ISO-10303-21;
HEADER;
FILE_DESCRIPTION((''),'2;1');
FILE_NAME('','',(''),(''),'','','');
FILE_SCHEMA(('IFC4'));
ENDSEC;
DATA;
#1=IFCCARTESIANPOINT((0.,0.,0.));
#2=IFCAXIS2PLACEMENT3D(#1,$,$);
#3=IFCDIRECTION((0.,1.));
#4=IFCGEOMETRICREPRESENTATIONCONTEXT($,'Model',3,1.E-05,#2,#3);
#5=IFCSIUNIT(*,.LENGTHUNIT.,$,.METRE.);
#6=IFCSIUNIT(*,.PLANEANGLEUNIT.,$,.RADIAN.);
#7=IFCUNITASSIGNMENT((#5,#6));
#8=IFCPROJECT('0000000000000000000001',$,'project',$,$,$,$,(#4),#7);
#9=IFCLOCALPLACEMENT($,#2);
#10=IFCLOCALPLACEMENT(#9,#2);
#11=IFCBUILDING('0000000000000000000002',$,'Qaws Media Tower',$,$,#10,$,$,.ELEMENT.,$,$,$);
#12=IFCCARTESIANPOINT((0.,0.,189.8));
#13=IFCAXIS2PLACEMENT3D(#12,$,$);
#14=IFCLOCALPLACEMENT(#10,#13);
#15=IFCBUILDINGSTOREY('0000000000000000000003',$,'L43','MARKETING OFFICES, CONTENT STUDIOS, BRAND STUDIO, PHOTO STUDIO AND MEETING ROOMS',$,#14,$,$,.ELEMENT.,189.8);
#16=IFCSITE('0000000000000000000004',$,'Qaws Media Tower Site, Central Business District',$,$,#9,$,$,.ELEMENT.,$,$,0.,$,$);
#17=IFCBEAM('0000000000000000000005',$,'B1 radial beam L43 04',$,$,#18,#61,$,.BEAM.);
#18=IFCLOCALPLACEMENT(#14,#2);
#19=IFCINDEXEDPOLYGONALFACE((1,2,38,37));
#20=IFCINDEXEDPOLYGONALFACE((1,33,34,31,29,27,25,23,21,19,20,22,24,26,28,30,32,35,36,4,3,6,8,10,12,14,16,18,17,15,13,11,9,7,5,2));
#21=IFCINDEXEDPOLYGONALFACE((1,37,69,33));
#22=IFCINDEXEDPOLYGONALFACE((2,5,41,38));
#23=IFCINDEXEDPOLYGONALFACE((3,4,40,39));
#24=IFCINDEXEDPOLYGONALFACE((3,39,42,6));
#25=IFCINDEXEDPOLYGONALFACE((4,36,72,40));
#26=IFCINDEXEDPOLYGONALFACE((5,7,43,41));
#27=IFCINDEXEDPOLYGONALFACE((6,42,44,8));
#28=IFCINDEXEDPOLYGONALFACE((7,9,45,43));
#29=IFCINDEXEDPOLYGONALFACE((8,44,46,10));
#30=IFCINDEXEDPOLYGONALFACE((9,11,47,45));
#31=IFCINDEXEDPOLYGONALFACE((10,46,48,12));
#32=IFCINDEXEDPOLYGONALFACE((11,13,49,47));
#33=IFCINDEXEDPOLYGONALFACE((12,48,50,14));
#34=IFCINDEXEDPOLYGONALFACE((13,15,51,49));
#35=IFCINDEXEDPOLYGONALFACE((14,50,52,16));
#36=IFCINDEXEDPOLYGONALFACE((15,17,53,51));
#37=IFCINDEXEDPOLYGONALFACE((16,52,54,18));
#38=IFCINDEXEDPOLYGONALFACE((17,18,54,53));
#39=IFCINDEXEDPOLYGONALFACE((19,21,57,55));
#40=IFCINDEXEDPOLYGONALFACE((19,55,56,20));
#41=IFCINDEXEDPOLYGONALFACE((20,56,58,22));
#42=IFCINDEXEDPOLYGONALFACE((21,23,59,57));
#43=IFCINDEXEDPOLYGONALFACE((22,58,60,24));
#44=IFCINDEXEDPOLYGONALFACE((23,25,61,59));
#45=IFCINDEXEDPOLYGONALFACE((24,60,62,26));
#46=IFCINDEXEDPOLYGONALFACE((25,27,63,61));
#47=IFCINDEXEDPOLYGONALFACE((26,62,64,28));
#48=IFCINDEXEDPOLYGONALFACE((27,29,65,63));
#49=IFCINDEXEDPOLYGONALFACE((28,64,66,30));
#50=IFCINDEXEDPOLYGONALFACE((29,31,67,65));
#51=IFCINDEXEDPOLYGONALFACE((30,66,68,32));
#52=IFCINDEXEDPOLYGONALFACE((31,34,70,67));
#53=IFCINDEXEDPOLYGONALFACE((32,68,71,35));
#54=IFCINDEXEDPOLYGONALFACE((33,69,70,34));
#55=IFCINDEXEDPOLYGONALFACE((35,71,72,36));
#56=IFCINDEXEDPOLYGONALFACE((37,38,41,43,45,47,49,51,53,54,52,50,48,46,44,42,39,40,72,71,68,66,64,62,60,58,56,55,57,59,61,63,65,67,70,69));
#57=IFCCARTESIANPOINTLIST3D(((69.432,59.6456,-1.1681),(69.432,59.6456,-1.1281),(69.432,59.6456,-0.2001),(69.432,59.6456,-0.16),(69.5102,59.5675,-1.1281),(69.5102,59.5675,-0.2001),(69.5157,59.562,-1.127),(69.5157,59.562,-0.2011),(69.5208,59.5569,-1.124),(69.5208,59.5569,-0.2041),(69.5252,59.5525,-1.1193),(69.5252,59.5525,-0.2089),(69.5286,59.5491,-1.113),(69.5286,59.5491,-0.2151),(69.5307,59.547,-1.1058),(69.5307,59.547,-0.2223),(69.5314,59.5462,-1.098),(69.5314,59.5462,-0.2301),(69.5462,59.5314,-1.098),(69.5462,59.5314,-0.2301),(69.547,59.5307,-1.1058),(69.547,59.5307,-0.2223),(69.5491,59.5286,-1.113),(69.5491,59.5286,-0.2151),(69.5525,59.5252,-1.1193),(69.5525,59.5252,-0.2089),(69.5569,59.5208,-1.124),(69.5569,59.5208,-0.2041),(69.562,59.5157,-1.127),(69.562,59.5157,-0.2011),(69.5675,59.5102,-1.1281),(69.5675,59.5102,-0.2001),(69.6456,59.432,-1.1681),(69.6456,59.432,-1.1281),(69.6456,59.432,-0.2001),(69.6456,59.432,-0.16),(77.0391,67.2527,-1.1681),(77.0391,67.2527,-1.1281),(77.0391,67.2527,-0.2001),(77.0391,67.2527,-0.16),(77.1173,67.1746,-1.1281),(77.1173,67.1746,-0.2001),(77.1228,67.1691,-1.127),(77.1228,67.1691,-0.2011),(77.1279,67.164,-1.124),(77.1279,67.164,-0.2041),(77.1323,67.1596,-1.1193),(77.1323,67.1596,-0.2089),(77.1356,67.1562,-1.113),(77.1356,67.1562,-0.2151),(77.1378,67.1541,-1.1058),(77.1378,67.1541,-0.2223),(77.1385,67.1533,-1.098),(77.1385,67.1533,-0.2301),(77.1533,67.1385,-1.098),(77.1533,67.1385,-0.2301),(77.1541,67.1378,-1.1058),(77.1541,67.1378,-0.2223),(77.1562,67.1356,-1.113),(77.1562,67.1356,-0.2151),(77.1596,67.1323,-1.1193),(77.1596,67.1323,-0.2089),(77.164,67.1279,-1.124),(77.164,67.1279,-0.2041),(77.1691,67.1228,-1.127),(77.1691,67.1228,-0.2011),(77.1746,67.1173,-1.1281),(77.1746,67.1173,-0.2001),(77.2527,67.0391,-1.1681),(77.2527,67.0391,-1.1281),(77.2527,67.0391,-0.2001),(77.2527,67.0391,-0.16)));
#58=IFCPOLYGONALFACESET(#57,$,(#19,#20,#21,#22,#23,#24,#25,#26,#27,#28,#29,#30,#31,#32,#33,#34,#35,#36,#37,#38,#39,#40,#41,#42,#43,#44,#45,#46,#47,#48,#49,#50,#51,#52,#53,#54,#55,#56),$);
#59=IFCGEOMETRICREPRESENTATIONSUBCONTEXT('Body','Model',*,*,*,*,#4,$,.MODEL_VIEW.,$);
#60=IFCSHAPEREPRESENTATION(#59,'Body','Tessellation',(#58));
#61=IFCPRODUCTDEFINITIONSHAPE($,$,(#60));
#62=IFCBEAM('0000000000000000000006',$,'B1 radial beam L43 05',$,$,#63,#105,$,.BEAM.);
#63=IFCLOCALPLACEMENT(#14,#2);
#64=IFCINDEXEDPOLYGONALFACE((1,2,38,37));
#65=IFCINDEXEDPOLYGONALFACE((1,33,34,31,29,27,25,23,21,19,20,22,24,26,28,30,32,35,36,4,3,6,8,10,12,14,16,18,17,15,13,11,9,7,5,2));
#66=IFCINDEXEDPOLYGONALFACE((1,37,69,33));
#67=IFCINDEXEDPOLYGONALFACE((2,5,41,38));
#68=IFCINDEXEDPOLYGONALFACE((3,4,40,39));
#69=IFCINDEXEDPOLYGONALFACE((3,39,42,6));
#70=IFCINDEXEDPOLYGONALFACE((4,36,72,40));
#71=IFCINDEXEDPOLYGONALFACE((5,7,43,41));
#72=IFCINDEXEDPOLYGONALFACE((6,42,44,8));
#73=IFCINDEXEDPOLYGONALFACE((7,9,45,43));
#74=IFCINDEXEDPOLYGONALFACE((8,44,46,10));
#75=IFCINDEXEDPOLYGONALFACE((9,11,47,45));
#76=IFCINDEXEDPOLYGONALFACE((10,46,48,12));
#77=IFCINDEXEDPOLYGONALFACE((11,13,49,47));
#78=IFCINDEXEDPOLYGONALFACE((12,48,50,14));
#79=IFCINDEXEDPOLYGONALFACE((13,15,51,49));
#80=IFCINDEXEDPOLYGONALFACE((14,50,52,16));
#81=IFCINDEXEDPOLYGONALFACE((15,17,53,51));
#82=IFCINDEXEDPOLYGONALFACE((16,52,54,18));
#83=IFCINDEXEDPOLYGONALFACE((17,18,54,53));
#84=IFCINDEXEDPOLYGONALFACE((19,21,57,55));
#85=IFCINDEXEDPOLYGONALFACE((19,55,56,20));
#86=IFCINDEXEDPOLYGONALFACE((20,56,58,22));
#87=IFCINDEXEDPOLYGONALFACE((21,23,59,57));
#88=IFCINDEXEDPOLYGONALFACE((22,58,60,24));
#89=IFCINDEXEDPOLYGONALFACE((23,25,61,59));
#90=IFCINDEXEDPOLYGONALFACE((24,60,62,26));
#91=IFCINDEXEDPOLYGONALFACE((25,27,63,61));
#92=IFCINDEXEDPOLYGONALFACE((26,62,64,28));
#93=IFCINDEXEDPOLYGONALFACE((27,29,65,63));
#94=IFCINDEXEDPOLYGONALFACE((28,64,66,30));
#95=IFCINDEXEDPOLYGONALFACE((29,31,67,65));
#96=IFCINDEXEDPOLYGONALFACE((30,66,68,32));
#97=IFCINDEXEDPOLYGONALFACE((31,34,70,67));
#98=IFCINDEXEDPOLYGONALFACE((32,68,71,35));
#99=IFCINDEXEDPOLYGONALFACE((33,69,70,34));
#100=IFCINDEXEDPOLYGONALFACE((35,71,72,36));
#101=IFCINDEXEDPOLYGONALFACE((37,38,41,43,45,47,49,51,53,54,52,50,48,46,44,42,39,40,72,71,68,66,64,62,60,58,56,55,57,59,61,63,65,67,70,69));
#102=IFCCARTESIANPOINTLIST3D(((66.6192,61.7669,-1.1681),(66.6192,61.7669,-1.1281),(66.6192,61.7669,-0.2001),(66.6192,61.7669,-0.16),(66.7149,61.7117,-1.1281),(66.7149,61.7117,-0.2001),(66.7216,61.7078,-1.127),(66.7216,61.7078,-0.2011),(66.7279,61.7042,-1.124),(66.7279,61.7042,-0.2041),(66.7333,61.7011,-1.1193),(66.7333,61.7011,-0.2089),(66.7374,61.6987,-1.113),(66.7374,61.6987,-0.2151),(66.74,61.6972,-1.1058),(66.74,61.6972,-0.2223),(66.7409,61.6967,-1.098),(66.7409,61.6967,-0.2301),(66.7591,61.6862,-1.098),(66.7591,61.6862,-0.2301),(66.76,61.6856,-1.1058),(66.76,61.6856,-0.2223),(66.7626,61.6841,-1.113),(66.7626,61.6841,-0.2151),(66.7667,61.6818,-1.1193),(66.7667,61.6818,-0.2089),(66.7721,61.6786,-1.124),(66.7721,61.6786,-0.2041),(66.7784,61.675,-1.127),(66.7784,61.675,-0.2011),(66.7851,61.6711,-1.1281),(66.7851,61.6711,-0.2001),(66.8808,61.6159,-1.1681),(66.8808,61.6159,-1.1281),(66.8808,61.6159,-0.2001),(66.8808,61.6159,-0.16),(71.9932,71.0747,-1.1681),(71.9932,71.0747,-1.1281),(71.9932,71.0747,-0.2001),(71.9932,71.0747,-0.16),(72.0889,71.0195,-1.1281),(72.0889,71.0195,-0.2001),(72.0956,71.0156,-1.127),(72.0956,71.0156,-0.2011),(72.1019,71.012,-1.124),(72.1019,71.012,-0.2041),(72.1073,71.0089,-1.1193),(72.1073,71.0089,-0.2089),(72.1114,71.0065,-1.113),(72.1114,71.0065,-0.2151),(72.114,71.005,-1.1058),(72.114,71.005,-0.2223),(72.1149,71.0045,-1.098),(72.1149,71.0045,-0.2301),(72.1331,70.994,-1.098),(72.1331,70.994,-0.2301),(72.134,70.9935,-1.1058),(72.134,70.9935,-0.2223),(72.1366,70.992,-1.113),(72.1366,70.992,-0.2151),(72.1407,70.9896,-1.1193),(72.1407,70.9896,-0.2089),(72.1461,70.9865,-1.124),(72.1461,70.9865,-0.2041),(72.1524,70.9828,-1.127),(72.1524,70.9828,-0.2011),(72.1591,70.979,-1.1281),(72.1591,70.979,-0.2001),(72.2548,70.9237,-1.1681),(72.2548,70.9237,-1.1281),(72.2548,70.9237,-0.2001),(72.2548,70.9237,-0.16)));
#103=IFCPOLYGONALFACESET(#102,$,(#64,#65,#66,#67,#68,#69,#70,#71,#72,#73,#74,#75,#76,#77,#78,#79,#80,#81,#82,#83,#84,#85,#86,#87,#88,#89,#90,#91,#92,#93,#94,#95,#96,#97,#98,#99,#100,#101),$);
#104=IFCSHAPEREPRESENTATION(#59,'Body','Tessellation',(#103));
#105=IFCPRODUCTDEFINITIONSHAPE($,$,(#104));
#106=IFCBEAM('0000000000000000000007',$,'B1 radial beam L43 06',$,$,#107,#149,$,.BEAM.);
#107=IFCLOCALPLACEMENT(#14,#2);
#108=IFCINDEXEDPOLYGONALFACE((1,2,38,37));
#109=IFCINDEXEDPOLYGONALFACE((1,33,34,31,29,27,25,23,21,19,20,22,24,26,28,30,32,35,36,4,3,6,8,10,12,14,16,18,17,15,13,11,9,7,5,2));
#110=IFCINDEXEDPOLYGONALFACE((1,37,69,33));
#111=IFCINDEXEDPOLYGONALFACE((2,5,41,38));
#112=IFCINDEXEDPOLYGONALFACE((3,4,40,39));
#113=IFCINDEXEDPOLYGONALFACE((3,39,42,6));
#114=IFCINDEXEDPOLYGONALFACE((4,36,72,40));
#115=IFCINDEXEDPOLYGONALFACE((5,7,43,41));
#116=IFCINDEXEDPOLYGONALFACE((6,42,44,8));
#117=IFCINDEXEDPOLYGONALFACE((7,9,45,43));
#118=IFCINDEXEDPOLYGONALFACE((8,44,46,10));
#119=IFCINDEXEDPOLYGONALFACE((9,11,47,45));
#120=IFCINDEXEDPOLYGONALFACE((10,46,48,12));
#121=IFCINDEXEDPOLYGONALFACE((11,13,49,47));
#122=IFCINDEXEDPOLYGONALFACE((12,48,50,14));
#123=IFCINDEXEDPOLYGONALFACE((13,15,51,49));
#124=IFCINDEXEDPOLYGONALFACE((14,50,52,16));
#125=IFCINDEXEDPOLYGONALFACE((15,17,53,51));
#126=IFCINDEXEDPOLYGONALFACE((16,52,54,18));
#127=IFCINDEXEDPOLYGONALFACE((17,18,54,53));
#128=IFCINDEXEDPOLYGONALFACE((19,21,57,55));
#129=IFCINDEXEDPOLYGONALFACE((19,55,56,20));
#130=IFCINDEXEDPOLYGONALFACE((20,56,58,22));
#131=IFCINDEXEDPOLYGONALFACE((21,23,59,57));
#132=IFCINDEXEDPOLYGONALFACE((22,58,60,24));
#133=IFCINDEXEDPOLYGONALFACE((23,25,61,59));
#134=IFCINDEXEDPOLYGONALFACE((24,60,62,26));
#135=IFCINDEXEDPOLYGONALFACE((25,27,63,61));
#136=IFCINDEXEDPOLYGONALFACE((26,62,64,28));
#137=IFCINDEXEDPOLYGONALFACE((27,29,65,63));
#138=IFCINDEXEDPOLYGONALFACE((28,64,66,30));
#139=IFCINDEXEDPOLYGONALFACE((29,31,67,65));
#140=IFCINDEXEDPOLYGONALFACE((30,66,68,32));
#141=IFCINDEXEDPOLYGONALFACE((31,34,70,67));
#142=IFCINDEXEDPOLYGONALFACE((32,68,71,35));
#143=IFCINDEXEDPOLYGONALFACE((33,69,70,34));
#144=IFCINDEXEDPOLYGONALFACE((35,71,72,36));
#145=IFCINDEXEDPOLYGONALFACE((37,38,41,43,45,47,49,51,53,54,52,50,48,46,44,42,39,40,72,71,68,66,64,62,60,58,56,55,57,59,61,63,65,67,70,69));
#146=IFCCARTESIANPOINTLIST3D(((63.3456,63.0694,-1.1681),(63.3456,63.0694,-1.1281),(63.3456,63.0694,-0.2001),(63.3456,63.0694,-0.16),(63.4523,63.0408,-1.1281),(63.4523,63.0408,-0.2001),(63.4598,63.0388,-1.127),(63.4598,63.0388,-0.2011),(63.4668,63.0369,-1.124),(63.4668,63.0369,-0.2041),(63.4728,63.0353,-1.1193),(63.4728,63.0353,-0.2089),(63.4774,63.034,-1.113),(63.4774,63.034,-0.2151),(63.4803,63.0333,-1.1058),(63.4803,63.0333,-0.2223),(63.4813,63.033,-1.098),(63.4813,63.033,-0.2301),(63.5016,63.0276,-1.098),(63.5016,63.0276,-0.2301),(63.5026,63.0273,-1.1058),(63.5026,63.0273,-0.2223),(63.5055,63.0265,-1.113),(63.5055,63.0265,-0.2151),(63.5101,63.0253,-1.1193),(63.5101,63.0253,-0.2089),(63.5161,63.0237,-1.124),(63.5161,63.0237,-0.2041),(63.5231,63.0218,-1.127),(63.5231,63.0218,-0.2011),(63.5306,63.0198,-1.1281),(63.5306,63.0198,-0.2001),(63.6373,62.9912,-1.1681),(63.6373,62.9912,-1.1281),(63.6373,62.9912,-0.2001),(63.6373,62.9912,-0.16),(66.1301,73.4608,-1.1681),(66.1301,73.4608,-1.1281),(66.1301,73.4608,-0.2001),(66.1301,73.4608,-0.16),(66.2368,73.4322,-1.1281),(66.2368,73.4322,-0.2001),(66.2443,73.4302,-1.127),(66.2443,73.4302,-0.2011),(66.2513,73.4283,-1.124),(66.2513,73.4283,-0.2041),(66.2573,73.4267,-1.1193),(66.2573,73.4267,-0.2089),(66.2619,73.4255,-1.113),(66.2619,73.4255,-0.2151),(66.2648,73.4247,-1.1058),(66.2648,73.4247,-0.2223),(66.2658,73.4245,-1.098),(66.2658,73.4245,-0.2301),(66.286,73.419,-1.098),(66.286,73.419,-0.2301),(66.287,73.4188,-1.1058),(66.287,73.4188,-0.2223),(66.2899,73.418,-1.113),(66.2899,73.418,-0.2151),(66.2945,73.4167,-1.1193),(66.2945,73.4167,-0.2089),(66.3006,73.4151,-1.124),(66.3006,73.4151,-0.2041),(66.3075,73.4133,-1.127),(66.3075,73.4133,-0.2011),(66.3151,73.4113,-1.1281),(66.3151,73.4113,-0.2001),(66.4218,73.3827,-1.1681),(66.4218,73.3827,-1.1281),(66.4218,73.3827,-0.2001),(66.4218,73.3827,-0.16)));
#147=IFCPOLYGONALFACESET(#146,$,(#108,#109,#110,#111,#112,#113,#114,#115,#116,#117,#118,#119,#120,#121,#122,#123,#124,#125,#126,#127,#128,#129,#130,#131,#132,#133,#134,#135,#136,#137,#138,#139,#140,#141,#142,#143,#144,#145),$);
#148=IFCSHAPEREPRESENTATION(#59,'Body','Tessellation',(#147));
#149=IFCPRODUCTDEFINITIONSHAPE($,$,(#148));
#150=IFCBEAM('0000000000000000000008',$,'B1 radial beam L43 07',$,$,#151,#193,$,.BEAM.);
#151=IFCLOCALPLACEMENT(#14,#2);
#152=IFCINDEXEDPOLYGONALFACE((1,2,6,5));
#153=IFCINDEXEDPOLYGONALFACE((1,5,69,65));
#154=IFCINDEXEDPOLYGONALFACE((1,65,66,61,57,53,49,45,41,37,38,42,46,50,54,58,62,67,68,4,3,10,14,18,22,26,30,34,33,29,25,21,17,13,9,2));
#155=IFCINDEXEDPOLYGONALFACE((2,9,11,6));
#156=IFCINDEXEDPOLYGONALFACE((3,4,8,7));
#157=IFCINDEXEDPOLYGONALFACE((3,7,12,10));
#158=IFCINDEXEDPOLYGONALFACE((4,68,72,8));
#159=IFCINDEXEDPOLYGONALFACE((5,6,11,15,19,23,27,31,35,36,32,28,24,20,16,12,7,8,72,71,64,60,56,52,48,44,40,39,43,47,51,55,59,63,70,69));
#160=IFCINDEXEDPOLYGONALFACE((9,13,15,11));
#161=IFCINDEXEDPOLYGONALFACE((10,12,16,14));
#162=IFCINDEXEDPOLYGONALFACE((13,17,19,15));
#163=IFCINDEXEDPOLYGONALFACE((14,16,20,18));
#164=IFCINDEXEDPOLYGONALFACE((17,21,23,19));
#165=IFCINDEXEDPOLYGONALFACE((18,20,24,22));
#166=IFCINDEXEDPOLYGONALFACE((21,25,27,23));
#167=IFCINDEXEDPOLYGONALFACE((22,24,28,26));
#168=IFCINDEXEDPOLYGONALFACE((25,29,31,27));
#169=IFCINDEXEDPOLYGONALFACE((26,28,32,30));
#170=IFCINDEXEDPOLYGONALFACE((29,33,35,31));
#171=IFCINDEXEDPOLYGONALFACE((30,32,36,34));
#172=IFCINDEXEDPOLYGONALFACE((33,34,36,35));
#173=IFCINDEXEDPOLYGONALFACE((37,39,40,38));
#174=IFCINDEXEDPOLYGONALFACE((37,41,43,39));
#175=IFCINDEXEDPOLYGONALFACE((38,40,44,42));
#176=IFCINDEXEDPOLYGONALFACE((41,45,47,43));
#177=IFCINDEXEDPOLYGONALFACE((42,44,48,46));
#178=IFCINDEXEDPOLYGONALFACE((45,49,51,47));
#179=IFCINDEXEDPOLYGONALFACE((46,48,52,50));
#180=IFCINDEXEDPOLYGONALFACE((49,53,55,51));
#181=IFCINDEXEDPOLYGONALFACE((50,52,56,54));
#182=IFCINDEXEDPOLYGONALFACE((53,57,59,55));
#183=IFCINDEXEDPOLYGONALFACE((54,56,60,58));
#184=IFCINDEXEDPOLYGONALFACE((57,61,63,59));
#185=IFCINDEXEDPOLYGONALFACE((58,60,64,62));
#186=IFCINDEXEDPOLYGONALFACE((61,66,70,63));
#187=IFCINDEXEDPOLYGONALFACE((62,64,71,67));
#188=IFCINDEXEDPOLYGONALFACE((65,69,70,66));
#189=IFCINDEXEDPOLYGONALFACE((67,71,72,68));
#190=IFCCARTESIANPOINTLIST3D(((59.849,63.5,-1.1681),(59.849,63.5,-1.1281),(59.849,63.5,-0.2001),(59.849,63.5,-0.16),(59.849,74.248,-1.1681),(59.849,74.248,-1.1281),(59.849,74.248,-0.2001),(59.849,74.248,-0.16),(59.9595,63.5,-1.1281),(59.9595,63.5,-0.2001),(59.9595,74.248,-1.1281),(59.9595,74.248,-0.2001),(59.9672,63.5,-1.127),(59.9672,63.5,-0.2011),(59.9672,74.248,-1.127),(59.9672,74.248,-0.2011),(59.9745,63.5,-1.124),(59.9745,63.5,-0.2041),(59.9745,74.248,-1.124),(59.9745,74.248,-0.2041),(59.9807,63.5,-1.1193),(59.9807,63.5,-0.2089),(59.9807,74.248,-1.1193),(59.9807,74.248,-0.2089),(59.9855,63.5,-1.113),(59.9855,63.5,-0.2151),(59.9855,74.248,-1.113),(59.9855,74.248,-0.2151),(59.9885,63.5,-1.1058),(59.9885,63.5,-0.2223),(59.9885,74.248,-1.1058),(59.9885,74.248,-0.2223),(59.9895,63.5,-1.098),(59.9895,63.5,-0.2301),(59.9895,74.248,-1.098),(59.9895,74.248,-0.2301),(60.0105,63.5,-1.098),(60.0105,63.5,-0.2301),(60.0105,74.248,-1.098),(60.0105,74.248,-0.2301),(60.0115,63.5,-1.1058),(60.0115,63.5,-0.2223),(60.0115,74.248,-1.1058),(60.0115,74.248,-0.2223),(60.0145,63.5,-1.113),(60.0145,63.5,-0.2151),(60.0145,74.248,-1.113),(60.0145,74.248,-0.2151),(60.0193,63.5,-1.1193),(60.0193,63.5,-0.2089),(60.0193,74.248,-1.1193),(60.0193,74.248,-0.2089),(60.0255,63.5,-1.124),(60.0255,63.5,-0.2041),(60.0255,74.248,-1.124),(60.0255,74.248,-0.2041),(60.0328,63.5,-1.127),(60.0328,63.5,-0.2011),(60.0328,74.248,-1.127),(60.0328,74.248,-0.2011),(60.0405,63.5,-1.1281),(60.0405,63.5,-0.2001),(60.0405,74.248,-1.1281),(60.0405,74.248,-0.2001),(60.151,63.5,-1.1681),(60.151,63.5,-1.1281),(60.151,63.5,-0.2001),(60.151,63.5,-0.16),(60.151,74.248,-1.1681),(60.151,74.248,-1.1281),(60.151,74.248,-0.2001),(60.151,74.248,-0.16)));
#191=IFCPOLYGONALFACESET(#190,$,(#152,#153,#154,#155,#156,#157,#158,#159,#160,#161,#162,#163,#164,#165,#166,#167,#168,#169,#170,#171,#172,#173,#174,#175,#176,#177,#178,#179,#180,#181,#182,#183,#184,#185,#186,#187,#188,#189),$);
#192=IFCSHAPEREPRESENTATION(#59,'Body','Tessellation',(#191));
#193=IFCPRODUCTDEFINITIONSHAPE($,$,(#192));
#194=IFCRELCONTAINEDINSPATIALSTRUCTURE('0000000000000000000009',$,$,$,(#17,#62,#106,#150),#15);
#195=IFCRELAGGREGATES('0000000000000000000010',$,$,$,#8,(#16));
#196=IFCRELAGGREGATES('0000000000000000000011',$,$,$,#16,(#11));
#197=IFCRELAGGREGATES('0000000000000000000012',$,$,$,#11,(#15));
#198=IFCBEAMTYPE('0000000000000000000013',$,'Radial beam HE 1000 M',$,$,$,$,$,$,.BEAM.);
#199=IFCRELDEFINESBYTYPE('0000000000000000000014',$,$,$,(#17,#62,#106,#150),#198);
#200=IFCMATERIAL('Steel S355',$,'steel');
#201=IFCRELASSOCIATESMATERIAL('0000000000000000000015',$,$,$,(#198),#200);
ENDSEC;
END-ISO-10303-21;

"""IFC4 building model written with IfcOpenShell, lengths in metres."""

from ifc_helpers import new_model, si_unit, direction, frame, origin, origin_2d, place, context, subcontext, project, spatial, i_section, extrude, material, material_profile, profile_set, type_object, element, save


model = new_model("IFC4")

# Units and contexts
model_context = context("Model", 3, precision=1e-05, world=origin(), true_north=direction((0.0, 1.0)))
body_context = subcontext(model_context, "Body", "Model", "MODEL_VIEW")
ifc_project = project(units=[si_unit("LENGTHUNIT", "METRE"), si_unit("PLANEANGLEUNIT", "RADIAN")], contexts=[model_context])

# Site, building, storey
site_placement = place(None, origin())
site = spatial("IfcSite", under=ifc_project, at=site_placement, Name="Qaws Media Tower Site, Central Business District", CompositionType="ELEMENT", RefElevation=0.0)
building_placement = place(site_placement, origin())
building = spatial("IfcBuilding", under=site, at=building_placement, Name="Qaws Media Tower", CompositionType="ELEMENT")
storey_placement = place(building_placement, frame((0.0, 0.0, 189.8)))
storey = spatial("IfcBuildingStorey", under=building, at=storey_placement, Name="L43", Description="MARKETING OFFICES, CONTENT STUDIOS, BRAND STUDIO, PHOTO STUDIO AND MEETING ROOMS", CompositionType="ELEMENT", Elevation=189.8)

# Beams
ifc_material_1 = material(Name="Steel S355", Category="steel")
ifc_material_profile_1 = material_profile(ifc_material_1, i_section(OverallWidth=0.302, OverallDepth=1.0081, WebThickness=0.021, FlangeThickness=0.04, FilletRadius=0.03, at=origin_2d()), Name="HE 1000 M")
ifc_profile_set_1 = profile_set([ifc_material_profile_1], Name="Steel S355")
beam_type_1 = type_object("IfcBeamType", Name="Radial beam HE 1000 M", PredefinedType="BEAM", material=ifc_profile_set_1)
beam_1_placement = place(storey_placement, frame((69.5388, 59.5388, -0.6641), z_axis=(0.707107, 0.707107, 0.0), x_axis=(-0.707107, 0.707107, 0.0)))
element("IfcBeam", 1, at=beam_1_placement, inside=storey, type_object=beam_type_1, Name="B1 radial beam L43 04", PredefinedType="BEAM", context=body_context, shape_type="SweptSolid", body=[
    extrude(i_section(OverallWidth=0.302, OverallDepth=1.0081, WebThickness=0.021, FlangeThickness=0.04, FilletRadius=0.03, at=origin_2d()), origin(), (0.0, 0.0, 1.0), 10.7581),
])
beam_2_placement = place(storey_placement, frame((66.75, 61.6914, -0.6641), z_axis=(0.500009, 0.86602, 0.0), x_axis=(-0.86602, 0.500009, 0.0)))
element("IfcBeam", 2, at=beam_2_placement, inside=storey, type_object=beam_type_1, Name="B1 radial beam L43 05", PredefinedType="BEAM", context=body_context, shape_type="SweptSolid", body=[
    extrude(i_section(OverallWidth=0.302, OverallDepth=1.0081, WebThickness=0.021, FlangeThickness=0.04, FilletRadius=0.03, at=origin_2d()), origin(), (0.0, 0.0, 1.0), 10.7478),
])
beam_3_placement = place(storey_placement, frame((63.4915, 63.0303, -0.6641), z_axis=(0.258825, 0.965924, 0.0), x_axis=(-0.965924, 0.258825, 0.0)))
element("IfcBeam", 3, at=beam_3_placement, inside=storey, type_object=beam_type_1, Name="B1 radial beam L43 06", PredefinedType="BEAM", context=body_context, shape_type="SweptSolid", body=[
    extrude(i_section(OverallWidth=0.302, OverallDepth=1.0081, WebThickness=0.021, FlangeThickness=0.04, FilletRadius=0.03, at=origin_2d()), origin(), (0.0, 0.0, 1.0), 10.7581),
])
beam_4_placement = place(storey_placement, frame((60.0, 63.5, -0.6641), z_axis=(0.0, 1.0, 0.0), x_axis=(-1.0, 0.0, 0.0)))
element("IfcBeam", 4, at=beam_4_placement, inside=storey, type_object=beam_type_1, Name="B1 radial beam L43 07", PredefinedType="BEAM", context=body_context, shape_type="SweptSolid", body=[
    extrude(i_section(OverallWidth=0.302, OverallDepth=1.0081, WebThickness=0.021, FlangeThickness=0.04, FilletRadius=0.03, at=origin_2d()), origin(), (0.0, 0.0, 1.0), 10.748),
])

save(model, "model.ifc")
